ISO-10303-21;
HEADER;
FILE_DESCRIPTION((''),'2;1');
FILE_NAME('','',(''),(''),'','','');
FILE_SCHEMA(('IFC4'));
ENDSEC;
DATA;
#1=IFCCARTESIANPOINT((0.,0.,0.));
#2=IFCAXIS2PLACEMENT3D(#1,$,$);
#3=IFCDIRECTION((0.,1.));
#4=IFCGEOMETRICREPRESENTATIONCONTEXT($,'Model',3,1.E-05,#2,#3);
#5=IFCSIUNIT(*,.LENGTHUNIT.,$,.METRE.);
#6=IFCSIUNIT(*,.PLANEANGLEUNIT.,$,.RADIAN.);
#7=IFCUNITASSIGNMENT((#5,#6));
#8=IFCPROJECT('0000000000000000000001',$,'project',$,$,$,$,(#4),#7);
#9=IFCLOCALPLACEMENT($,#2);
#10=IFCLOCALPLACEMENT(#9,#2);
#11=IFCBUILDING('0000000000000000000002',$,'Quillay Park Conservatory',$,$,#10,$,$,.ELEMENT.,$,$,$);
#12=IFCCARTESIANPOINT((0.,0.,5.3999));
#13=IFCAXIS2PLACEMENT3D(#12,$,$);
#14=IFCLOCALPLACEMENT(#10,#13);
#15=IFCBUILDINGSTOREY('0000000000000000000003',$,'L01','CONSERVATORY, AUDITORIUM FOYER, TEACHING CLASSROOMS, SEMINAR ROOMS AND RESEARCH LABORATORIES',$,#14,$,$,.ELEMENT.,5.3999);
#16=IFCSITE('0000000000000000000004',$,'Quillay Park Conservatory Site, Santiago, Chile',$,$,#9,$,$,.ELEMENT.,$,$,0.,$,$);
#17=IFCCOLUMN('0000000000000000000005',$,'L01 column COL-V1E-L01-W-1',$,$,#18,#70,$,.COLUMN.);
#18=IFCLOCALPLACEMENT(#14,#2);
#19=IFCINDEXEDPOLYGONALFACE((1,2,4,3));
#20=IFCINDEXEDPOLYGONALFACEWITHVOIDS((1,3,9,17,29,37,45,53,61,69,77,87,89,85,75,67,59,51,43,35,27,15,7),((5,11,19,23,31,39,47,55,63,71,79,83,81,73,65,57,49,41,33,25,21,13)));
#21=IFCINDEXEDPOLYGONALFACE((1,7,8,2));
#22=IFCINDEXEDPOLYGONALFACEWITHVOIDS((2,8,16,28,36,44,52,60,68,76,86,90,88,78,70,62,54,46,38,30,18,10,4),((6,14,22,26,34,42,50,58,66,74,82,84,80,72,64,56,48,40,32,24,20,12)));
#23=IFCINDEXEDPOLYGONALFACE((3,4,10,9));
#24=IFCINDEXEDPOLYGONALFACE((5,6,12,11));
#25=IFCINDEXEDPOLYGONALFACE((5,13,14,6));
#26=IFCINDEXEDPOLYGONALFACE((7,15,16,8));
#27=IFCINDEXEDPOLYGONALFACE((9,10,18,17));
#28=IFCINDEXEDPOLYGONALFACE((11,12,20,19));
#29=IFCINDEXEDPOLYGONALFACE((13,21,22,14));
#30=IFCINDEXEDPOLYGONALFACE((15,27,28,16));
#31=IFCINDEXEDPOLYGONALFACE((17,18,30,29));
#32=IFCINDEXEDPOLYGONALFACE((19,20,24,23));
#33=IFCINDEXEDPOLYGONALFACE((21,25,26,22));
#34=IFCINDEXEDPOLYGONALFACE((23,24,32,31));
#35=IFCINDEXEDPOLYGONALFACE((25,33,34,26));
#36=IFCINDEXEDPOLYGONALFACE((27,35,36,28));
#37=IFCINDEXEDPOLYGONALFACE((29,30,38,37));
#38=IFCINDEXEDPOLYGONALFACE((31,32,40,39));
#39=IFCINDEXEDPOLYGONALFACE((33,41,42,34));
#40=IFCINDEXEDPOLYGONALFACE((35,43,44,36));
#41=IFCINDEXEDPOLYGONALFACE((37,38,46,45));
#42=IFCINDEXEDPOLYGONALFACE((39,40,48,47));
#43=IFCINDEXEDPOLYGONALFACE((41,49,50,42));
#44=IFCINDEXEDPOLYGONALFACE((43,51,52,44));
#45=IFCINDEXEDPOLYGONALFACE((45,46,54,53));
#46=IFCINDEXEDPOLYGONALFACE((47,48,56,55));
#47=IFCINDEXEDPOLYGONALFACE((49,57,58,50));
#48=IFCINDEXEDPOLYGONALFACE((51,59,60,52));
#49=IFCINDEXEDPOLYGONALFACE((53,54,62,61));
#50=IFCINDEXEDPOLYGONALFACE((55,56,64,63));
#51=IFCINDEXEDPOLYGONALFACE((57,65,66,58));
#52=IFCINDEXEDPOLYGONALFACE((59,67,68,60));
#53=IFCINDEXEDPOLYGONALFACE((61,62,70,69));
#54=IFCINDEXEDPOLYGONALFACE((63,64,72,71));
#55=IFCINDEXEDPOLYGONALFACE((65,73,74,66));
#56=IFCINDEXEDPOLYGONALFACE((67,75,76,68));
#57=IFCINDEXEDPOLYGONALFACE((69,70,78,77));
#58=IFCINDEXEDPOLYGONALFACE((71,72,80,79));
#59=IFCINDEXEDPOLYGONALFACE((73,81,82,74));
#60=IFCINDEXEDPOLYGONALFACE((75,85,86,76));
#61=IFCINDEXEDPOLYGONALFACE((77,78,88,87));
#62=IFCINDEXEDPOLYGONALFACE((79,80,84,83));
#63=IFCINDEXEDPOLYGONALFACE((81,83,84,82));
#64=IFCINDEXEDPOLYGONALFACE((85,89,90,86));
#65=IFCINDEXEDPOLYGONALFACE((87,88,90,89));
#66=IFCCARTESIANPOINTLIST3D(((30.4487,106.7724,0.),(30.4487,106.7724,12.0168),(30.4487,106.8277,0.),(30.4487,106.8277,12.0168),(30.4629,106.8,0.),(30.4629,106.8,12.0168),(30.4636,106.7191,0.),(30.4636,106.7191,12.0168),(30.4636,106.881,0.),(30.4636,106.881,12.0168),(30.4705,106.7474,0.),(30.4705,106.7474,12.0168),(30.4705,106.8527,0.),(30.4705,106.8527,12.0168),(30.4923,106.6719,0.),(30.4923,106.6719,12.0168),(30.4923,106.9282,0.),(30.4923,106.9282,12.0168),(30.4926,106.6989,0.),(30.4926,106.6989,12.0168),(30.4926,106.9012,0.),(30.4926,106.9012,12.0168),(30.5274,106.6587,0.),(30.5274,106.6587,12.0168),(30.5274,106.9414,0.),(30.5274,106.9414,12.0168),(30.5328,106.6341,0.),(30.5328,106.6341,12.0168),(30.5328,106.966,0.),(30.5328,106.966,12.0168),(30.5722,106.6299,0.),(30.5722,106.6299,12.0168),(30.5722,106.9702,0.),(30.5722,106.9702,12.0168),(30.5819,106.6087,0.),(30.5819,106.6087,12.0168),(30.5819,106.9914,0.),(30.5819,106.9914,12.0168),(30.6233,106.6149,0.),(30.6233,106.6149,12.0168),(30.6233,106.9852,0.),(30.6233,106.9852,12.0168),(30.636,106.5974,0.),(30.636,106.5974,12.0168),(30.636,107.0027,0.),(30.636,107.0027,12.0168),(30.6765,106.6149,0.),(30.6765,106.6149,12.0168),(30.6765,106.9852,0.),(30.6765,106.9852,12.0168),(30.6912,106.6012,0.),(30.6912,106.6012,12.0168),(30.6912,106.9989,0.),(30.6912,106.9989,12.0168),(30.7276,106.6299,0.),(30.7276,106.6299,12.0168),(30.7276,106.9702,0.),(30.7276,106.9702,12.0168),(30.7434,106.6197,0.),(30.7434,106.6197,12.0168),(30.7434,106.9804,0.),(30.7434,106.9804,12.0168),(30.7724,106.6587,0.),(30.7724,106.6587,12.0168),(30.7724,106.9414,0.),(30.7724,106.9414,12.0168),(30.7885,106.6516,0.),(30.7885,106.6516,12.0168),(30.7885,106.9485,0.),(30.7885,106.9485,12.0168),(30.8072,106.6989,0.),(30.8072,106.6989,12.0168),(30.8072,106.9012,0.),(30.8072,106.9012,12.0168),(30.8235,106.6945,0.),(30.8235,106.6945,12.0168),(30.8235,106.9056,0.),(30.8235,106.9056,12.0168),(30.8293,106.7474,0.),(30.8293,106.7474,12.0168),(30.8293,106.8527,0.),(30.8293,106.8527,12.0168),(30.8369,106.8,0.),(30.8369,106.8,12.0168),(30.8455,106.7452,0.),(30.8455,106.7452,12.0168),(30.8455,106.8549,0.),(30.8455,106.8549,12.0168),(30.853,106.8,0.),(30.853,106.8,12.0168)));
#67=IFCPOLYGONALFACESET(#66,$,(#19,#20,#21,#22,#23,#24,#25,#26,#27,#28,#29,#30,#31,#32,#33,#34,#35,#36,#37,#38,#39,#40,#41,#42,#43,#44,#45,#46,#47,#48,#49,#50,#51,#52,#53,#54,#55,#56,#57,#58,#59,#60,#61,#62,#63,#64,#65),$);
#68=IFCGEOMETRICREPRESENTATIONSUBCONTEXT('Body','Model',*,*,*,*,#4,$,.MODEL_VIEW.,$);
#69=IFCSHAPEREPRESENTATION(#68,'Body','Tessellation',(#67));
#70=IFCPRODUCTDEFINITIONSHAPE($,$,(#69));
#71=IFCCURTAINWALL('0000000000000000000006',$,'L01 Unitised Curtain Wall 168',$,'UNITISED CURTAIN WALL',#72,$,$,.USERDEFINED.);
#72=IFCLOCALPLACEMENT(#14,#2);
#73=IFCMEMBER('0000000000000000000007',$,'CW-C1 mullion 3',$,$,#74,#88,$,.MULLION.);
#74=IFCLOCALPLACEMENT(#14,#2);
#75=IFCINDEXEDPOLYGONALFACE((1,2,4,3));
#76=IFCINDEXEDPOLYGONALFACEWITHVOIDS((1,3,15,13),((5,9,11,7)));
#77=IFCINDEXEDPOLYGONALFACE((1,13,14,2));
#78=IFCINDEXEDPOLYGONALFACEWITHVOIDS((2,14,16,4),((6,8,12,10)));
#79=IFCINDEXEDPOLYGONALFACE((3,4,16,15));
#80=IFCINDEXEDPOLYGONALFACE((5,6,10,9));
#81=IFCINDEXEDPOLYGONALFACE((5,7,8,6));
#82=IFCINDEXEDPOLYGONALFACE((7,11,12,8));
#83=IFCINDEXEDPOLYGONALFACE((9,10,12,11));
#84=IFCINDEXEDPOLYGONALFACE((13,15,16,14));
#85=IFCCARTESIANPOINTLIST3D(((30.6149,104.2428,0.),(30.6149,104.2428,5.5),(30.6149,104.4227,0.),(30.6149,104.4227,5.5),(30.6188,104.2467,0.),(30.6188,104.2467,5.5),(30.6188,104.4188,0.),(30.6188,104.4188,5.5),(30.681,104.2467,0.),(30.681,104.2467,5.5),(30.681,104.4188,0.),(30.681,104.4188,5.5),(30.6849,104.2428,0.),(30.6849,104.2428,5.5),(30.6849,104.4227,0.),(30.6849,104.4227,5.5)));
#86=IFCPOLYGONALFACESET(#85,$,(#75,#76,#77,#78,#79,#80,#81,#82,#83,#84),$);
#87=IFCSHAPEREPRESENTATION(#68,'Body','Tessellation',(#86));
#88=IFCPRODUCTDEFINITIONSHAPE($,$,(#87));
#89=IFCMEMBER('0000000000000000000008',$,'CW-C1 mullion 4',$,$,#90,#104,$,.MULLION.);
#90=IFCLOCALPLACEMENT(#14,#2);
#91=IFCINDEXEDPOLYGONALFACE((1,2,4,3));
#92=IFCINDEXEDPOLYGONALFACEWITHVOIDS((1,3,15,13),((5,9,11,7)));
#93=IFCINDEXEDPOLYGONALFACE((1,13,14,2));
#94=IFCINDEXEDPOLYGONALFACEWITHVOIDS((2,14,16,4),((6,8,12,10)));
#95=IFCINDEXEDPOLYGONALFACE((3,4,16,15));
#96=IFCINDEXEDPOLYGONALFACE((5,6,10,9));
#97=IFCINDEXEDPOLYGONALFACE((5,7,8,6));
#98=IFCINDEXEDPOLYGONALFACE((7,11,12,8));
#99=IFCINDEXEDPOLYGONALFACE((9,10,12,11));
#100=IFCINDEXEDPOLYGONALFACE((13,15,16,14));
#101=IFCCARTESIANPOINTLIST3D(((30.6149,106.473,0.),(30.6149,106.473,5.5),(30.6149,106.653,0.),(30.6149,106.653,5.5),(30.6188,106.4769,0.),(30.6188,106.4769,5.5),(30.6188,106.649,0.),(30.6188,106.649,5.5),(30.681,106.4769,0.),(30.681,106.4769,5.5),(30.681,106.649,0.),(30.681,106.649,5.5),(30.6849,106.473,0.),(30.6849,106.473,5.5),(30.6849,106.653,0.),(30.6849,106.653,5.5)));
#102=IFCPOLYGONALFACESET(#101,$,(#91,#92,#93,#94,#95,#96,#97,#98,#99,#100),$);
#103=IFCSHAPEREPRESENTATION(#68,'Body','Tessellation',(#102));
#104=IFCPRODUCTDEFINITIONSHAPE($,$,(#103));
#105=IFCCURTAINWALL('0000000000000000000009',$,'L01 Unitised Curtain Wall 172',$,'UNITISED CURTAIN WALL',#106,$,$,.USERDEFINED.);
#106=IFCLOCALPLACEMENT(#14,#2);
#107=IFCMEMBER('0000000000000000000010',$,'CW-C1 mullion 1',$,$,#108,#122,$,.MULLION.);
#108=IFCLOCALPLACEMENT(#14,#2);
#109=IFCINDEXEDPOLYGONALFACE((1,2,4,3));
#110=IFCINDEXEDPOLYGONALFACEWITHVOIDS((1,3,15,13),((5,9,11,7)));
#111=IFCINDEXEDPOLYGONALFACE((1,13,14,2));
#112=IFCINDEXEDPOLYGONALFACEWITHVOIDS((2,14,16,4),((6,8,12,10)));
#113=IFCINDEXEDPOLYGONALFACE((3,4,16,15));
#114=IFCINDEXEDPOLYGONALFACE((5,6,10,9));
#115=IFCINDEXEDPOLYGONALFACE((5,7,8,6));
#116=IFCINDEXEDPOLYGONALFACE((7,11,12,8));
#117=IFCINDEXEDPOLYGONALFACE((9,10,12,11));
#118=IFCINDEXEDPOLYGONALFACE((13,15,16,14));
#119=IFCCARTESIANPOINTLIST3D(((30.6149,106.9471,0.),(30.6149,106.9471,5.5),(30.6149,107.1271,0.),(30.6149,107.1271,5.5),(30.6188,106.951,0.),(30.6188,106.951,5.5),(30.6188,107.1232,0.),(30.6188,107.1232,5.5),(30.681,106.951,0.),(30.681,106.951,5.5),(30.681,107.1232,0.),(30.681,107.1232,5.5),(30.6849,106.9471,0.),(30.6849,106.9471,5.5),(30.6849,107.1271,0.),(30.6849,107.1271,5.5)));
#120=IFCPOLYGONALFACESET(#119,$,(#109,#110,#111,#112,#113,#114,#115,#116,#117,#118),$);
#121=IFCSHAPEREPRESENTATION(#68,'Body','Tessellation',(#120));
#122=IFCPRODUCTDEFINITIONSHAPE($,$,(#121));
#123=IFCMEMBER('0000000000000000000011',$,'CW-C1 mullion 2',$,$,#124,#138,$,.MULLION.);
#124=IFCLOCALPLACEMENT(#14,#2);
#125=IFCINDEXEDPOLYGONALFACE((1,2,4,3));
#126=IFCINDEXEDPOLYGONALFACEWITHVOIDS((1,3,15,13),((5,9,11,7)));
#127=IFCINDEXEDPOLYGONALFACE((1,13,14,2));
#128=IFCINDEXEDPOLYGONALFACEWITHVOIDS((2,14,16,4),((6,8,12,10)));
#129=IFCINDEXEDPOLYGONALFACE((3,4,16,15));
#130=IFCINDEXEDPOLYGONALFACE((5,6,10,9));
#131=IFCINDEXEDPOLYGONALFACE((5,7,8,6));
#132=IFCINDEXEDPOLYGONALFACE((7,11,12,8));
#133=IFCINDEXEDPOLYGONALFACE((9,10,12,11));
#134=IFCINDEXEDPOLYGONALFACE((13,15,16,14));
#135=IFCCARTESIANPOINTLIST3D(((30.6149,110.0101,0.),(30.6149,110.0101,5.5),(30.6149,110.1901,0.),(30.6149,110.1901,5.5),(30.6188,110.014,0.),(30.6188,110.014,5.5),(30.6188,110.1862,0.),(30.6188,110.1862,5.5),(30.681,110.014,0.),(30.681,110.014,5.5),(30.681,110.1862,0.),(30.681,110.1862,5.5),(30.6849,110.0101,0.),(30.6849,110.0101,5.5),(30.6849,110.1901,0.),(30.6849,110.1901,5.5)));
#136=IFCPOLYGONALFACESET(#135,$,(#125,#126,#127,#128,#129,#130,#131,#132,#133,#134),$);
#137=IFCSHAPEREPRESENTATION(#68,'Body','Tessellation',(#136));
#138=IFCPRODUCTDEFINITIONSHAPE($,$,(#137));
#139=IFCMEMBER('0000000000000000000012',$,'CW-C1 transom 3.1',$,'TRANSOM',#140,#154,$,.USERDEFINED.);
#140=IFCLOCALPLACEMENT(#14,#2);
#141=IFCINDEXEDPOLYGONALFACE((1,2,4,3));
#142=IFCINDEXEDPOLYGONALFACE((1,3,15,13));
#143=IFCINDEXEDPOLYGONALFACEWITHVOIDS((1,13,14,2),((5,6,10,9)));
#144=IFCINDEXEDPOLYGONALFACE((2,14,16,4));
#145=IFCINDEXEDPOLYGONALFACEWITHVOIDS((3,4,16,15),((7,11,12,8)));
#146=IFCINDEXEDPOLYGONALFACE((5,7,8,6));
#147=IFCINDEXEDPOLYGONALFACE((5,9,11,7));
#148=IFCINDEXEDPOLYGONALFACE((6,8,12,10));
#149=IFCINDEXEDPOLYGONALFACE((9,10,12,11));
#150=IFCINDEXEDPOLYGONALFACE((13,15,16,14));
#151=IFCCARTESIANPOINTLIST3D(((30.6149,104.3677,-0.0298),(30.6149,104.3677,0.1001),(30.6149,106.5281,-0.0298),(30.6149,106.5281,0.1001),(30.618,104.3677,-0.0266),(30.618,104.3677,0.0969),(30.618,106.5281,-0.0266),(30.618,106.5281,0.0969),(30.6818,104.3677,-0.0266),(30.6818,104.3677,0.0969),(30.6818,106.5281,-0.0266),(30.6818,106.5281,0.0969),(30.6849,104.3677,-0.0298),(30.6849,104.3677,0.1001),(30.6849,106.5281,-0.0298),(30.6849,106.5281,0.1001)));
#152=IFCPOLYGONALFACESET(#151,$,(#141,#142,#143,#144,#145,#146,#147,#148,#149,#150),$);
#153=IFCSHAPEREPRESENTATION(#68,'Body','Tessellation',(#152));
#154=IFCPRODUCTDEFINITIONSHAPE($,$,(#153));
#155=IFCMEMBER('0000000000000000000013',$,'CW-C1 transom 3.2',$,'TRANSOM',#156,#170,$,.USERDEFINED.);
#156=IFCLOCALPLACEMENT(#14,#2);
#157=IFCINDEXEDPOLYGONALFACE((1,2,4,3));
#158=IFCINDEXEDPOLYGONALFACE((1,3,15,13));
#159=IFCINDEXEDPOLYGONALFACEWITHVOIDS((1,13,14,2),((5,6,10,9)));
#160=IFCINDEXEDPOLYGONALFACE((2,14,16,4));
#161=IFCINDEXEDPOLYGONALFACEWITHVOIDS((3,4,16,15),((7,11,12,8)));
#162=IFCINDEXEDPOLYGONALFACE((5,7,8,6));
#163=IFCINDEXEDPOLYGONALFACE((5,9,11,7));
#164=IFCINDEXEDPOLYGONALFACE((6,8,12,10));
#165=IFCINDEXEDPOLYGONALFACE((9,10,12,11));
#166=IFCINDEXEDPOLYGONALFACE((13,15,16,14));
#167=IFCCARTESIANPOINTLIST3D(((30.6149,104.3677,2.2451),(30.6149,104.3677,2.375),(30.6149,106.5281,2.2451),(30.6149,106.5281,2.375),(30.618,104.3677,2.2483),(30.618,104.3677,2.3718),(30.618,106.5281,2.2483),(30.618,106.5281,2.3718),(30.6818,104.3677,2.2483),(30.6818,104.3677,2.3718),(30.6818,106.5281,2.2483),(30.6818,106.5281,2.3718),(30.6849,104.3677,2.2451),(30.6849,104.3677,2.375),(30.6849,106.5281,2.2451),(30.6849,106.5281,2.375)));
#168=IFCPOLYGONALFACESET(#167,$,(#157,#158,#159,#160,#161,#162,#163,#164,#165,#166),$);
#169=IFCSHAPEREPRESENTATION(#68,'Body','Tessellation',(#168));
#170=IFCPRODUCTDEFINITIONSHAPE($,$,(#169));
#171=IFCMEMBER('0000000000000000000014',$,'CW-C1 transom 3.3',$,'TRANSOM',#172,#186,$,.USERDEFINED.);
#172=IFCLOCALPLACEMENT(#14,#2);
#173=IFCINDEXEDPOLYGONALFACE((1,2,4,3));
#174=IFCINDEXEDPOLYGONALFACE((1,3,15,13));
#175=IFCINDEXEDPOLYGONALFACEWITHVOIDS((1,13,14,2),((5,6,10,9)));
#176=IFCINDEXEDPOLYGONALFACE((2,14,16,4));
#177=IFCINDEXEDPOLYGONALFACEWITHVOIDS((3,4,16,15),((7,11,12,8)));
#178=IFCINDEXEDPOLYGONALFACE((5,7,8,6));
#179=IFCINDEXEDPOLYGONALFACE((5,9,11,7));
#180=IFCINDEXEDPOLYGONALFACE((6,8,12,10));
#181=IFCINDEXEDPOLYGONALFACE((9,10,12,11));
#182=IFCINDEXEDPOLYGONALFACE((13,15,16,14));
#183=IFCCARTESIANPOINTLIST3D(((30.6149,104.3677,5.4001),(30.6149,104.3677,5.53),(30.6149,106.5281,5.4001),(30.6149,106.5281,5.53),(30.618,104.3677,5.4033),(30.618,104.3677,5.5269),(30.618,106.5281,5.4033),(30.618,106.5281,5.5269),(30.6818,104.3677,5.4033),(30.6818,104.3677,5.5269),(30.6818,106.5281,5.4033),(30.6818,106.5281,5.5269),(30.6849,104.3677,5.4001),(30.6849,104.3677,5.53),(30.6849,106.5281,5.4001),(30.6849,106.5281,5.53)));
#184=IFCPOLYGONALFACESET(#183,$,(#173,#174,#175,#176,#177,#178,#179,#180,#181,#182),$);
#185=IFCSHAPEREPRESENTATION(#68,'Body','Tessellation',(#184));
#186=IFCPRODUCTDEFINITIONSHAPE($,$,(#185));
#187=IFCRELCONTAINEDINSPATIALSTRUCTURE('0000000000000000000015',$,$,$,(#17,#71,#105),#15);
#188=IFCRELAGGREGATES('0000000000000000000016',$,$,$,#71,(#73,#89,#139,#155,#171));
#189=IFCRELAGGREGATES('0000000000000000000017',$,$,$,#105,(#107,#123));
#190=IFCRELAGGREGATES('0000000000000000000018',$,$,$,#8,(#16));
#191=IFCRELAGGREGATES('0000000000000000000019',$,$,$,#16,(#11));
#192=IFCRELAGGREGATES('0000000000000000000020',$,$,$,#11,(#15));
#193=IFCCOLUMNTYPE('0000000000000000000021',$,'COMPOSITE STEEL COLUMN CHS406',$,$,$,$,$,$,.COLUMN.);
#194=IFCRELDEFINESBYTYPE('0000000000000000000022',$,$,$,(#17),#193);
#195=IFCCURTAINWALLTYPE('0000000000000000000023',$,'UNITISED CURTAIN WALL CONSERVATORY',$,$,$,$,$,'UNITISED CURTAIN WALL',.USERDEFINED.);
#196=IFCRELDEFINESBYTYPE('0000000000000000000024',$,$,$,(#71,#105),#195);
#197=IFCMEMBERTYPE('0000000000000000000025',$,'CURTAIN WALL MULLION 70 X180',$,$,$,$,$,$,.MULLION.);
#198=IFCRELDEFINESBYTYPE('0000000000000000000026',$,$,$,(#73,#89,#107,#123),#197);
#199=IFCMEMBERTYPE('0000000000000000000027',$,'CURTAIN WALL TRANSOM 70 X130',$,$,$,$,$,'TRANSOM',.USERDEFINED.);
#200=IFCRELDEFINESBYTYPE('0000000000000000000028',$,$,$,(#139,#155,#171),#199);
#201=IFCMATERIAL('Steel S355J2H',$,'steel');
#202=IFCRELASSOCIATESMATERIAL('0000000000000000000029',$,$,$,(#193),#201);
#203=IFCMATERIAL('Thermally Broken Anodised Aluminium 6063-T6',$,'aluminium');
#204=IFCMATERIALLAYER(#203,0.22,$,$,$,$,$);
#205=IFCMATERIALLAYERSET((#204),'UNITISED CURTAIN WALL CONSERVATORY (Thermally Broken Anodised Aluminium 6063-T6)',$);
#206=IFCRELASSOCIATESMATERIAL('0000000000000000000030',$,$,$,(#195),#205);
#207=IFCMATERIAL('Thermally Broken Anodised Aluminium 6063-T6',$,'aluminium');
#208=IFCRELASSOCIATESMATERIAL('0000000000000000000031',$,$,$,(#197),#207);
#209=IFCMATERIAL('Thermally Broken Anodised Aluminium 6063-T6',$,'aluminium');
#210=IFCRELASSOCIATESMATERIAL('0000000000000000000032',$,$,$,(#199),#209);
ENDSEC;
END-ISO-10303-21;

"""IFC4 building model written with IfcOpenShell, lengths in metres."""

from ifc_helpers import new_model, si_unit, direction, frame, origin, origin_2d, place, context, subcontext, project, spatial, hollow_rectangle, hollow_circle, extrude, material, layer, layer_set, material_profile, profile_set, type_object, element, aggregate, save


model = new_model("IFC4")

# Units and contexts
model_context = context("Model", 3, precision=1e-05, world=origin(), true_north=direction((0.0, 1.0)))
body_context = subcontext(model_context, "Body", "Model", "MODEL_VIEW")
ifc_project = project(units=[si_unit("LENGTHUNIT", "METRE"), si_unit("PLANEANGLEUNIT", "RADIAN")], contexts=[model_context])

# Site, building, storey
site_placement = place(None, origin())
site = spatial("IfcSite", under=ifc_project, at=site_placement, Name="Quillay Park Conservatory Site, Santiago, Chile", CompositionType="ELEMENT", RefElevation=0.0)
building_placement = place(site_placement, origin())
building = spatial("IfcBuilding", under=site, at=building_placement, Name="Quillay Park Conservatory", CompositionType="ELEMENT")
storey_placement = place(building_placement, frame((0.0, 0.0, 5.3999)))
storey = spatial("IfcBuildingStorey", under=building, at=storey_placement, Name="L01", Description="CONSERVATORY, AUDITORIUM FOYER, TEACHING CLASSROOMS, SEMINAR ROOMS AND RESEARCH LABORATORIES", CompositionType="ELEMENT", Elevation=5.3999)

# Column
ifc_material_1 = material(Name="Steel S355J2H", Category="steel")
ifc_material_profile_1 = material_profile(ifc_material_1, hollow_circle(Radius=0.2031, WallThickness=0.0161, at=origin_2d()), Name="CHS406.4x16")
ifc_profile_set_1 = profile_set([ifc_material_profile_1], Name="Steel S355J2H")
column_type = type_object("IfcColumnType", Name="COMPOSITE STEEL COLUMN CHS406", PredefinedType="COLUMN", material=ifc_profile_set_1)
column_placement = place(storey_placement, frame((30.6499, 106.8, 0.0), z_axis=(0.0, 0.0, 1.0), x_axis=(1.0, 0.0, 0.0)))
element("IfcColumn", 1, at=column_placement, inside=storey, type_object=column_type, Name="L01 column COL-V1E-L01-W-1", PredefinedType="COLUMN", context=body_context, shape_type="SweptSolid", body=[
    extrude(hollow_circle(Radius=0.2031, WallThickness=0.0161, at=origin_2d()), origin(), (0.0, 0.0, 1.0), 12.0168),
])

# Curtain walls, members
ifc_material_2 = material(Name="Thermally Broken Anodised Aluminium 6063-T6", Category="aluminium")
ifc_layer_1 = layer(ifc_material_2, 0.22)
ifc_layer_set_1 = layer_set([ifc_layer_1], Name="UNITISED CURTAIN WALL CONSERVATORY (Thermally Broken Anodised Aluminium 6063-T6)")
curtain_wall_type = type_object("IfcCurtainWallType", Name="UNITISED CURTAIN WALL CONSERVATORY", ElementType="UNITISED CURTAIN WALL", PredefinedType="USERDEFINED", material=ifc_layer_set_1)
curtain_wall_1_placement = place(storey_placement, origin())
curtain_wall_1 = element("IfcCurtainWall", 2, at=curtain_wall_1_placement, inside=storey, type_object=curtain_wall_type, Name="L01 Unitised Curtain Wall 168", ObjectType="UNITISED CURTAIN WALL", PredefinedType="USERDEFINED")
ifc_material_3 = material(Name="Thermally Broken Anodised Aluminium 6063-T6", Category="aluminium")
ifc_material_profile_2 = material_profile(ifc_material_3, hollow_rectangle(XDim=0.0701, YDim=0.1799, WallThickness=0.0039, at=origin_2d()), Name="AL70x180x4")
ifc_profile_set_2 = profile_set([ifc_material_profile_2], Name="Thermally Broken Anodised Aluminium 6063-T6")
member_type_1 = type_object("IfcMemberType", Name="CURTAIN WALL MULLION 70 X180", PredefinedType="MULLION", material=ifc_profile_set_2)
member_1_placement = place(storey_placement, frame((30.6499, 104.3328, 0.0), z_axis=(0.0, 0.0, 1.0), x_axis=(-1.0, 0.0, 0.0)))
member_1 = element("IfcMember", 3, at=member_1_placement, type_object=member_type_1, Name="CW-C1 mullion 3", PredefinedType="MULLION", context=body_context, shape_type="SweptSolid", body=[
    extrude(hollow_rectangle(XDim=0.0701, YDim=0.1799, WallThickness=0.0039, at=origin_2d()), origin(), (0.0, 0.0, 1.0), 5.5),
])
member_2_placement = place(storey_placement, frame((30.6499, 106.563, 0.0), z_axis=(0.0, 0.0, 1.0), x_axis=(-1.0, 0.0, 0.0)))
member_2 = element("IfcMember", 4, at=member_2_placement, type_object=member_type_1, Name="CW-C1 mullion 4", PredefinedType="MULLION", context=body_context, shape_type="SweptSolid", body=[
    extrude(hollow_rectangle(XDim=0.0701, YDim=0.1799, WallThickness=0.0039, at=origin_2d()), origin(), (0.0, 0.0, 1.0), 5.5),
])
curtain_wall_2_placement = place(storey_placement, origin())
curtain_wall_2 = element("IfcCurtainWall", 5, at=curtain_wall_2_placement, inside=storey, type_object=curtain_wall_type, Name="L01 Unitised Curtain Wall 172", ObjectType="UNITISED CURTAIN WALL", PredefinedType="USERDEFINED")
member_3_placement = place(storey_placement, frame((30.6499, 107.0371, 0.0), z_axis=(0.0, 0.0, 1.0), x_axis=(-1.0, 0.0, 0.0)))
member_3 = element("IfcMember", 6, at=member_3_placement, type_object=member_type_1, Name="CW-C1 mullion 1", PredefinedType="MULLION", context=body_context, shape_type="SweptSolid", body=[
    extrude(hollow_rectangle(XDim=0.0701, YDim=0.1799, WallThickness=0.0039, at=origin_2d()), origin(), (0.0, 0.0, 1.0), 5.5),
])
member_4_placement = place(storey_placement, frame((30.6499, 110.1001, 0.0), z_axis=(0.0, 0.0, 1.0), x_axis=(-1.0, 0.0, 0.0)))
member_4 = element("IfcMember", 7, at=member_4_placement, type_object=member_type_1, Name="CW-C1 mullion 2", PredefinedType="MULLION", context=body_context, shape_type="SweptSolid", body=[
    extrude(hollow_rectangle(XDim=0.0701, YDim=0.1799, WallThickness=0.0039, at=origin_2d()), origin(), (0.0, 0.0, 1.0), 5.5),
])

# Members
ifc_material_4 = material(Name="Thermally Broken Anodised Aluminium 6063-T6", Category="aluminium")
ifc_material_profile_3 = material_profile(ifc_material_4, hollow_rectangle(XDim=0.0701, YDim=0.1299, WallThickness=0.0032, at=origin_2d()), Name="AL70x130x3.2")
ifc_profile_set_3 = profile_set([ifc_material_profile_3], Name="Thermally Broken Anodised Aluminium 6063-T6")
member_type_2 = type_object("IfcMemberType", Name="CURTAIN WALL TRANSOM 70 X130", ElementType="TRANSOM", PredefinedType="USERDEFINED", material=ifc_profile_set_3)
member_5_placement = place(storey_placement, frame((30.6499, 104.3677, 0.0352), z_axis=(0.0, 1.0, 0.0), x_axis=(-1.0, 0.0, 0.0)))
member_5 = element("IfcMember", 8, at=member_5_placement, type_object=member_type_2, Name="CW-C1 transom 3.1", ObjectType="TRANSOM", PredefinedType="USERDEFINED", context=body_context, shape_type="SweptSolid", body=[
    extrude(hollow_rectangle(XDim=0.0701, YDim=0.1299, WallThickness=0.0032, at=origin_2d()), origin(), (0.0, 0.0, 1.0), 2.1604),
])
member_6_placement = place(storey_placement, frame((30.6499, 104.3677, 2.3101), z_axis=(0.0, 1.0, 0.0), x_axis=(-1.0, 0.0, 0.0)))
member_6 = element("IfcMember", 9, at=member_6_placement, type_object=member_type_2, Name="CW-C1 transom 3.2", ObjectType="TRANSOM", PredefinedType="USERDEFINED", context=body_context, shape_type="SweptSolid", body=[
    extrude(hollow_rectangle(XDim=0.0701, YDim=0.1299, WallThickness=0.0032, at=origin_2d()), origin(), (0.0, 0.0, 1.0), 2.1604),
])
member_7_placement = place(storey_placement, frame((30.6499, 104.3677, 5.4651), z_axis=(0.0, 1.0, 0.0), x_axis=(-1.0, 0.0, 0.0)))
member_7 = element("IfcMember", 10, at=member_7_placement, type_object=member_type_2, Name="CW-C1 transom 3.3", ObjectType="TRANSOM", PredefinedType="USERDEFINED", context=body_context, shape_type="SweptSolid", body=[
    extrude(hollow_rectangle(XDim=0.0701, YDim=0.1299, WallThickness=0.0032, at=origin_2d()), origin(), (0.0, 0.0, 1.0), 2.1604),
])

aggregate(curtain_wall_1, [member_1, member_2, member_5, member_6, member_7])
aggregate(curtain_wall_2, [member_3, member_4])

save(model, "model.ifc")
